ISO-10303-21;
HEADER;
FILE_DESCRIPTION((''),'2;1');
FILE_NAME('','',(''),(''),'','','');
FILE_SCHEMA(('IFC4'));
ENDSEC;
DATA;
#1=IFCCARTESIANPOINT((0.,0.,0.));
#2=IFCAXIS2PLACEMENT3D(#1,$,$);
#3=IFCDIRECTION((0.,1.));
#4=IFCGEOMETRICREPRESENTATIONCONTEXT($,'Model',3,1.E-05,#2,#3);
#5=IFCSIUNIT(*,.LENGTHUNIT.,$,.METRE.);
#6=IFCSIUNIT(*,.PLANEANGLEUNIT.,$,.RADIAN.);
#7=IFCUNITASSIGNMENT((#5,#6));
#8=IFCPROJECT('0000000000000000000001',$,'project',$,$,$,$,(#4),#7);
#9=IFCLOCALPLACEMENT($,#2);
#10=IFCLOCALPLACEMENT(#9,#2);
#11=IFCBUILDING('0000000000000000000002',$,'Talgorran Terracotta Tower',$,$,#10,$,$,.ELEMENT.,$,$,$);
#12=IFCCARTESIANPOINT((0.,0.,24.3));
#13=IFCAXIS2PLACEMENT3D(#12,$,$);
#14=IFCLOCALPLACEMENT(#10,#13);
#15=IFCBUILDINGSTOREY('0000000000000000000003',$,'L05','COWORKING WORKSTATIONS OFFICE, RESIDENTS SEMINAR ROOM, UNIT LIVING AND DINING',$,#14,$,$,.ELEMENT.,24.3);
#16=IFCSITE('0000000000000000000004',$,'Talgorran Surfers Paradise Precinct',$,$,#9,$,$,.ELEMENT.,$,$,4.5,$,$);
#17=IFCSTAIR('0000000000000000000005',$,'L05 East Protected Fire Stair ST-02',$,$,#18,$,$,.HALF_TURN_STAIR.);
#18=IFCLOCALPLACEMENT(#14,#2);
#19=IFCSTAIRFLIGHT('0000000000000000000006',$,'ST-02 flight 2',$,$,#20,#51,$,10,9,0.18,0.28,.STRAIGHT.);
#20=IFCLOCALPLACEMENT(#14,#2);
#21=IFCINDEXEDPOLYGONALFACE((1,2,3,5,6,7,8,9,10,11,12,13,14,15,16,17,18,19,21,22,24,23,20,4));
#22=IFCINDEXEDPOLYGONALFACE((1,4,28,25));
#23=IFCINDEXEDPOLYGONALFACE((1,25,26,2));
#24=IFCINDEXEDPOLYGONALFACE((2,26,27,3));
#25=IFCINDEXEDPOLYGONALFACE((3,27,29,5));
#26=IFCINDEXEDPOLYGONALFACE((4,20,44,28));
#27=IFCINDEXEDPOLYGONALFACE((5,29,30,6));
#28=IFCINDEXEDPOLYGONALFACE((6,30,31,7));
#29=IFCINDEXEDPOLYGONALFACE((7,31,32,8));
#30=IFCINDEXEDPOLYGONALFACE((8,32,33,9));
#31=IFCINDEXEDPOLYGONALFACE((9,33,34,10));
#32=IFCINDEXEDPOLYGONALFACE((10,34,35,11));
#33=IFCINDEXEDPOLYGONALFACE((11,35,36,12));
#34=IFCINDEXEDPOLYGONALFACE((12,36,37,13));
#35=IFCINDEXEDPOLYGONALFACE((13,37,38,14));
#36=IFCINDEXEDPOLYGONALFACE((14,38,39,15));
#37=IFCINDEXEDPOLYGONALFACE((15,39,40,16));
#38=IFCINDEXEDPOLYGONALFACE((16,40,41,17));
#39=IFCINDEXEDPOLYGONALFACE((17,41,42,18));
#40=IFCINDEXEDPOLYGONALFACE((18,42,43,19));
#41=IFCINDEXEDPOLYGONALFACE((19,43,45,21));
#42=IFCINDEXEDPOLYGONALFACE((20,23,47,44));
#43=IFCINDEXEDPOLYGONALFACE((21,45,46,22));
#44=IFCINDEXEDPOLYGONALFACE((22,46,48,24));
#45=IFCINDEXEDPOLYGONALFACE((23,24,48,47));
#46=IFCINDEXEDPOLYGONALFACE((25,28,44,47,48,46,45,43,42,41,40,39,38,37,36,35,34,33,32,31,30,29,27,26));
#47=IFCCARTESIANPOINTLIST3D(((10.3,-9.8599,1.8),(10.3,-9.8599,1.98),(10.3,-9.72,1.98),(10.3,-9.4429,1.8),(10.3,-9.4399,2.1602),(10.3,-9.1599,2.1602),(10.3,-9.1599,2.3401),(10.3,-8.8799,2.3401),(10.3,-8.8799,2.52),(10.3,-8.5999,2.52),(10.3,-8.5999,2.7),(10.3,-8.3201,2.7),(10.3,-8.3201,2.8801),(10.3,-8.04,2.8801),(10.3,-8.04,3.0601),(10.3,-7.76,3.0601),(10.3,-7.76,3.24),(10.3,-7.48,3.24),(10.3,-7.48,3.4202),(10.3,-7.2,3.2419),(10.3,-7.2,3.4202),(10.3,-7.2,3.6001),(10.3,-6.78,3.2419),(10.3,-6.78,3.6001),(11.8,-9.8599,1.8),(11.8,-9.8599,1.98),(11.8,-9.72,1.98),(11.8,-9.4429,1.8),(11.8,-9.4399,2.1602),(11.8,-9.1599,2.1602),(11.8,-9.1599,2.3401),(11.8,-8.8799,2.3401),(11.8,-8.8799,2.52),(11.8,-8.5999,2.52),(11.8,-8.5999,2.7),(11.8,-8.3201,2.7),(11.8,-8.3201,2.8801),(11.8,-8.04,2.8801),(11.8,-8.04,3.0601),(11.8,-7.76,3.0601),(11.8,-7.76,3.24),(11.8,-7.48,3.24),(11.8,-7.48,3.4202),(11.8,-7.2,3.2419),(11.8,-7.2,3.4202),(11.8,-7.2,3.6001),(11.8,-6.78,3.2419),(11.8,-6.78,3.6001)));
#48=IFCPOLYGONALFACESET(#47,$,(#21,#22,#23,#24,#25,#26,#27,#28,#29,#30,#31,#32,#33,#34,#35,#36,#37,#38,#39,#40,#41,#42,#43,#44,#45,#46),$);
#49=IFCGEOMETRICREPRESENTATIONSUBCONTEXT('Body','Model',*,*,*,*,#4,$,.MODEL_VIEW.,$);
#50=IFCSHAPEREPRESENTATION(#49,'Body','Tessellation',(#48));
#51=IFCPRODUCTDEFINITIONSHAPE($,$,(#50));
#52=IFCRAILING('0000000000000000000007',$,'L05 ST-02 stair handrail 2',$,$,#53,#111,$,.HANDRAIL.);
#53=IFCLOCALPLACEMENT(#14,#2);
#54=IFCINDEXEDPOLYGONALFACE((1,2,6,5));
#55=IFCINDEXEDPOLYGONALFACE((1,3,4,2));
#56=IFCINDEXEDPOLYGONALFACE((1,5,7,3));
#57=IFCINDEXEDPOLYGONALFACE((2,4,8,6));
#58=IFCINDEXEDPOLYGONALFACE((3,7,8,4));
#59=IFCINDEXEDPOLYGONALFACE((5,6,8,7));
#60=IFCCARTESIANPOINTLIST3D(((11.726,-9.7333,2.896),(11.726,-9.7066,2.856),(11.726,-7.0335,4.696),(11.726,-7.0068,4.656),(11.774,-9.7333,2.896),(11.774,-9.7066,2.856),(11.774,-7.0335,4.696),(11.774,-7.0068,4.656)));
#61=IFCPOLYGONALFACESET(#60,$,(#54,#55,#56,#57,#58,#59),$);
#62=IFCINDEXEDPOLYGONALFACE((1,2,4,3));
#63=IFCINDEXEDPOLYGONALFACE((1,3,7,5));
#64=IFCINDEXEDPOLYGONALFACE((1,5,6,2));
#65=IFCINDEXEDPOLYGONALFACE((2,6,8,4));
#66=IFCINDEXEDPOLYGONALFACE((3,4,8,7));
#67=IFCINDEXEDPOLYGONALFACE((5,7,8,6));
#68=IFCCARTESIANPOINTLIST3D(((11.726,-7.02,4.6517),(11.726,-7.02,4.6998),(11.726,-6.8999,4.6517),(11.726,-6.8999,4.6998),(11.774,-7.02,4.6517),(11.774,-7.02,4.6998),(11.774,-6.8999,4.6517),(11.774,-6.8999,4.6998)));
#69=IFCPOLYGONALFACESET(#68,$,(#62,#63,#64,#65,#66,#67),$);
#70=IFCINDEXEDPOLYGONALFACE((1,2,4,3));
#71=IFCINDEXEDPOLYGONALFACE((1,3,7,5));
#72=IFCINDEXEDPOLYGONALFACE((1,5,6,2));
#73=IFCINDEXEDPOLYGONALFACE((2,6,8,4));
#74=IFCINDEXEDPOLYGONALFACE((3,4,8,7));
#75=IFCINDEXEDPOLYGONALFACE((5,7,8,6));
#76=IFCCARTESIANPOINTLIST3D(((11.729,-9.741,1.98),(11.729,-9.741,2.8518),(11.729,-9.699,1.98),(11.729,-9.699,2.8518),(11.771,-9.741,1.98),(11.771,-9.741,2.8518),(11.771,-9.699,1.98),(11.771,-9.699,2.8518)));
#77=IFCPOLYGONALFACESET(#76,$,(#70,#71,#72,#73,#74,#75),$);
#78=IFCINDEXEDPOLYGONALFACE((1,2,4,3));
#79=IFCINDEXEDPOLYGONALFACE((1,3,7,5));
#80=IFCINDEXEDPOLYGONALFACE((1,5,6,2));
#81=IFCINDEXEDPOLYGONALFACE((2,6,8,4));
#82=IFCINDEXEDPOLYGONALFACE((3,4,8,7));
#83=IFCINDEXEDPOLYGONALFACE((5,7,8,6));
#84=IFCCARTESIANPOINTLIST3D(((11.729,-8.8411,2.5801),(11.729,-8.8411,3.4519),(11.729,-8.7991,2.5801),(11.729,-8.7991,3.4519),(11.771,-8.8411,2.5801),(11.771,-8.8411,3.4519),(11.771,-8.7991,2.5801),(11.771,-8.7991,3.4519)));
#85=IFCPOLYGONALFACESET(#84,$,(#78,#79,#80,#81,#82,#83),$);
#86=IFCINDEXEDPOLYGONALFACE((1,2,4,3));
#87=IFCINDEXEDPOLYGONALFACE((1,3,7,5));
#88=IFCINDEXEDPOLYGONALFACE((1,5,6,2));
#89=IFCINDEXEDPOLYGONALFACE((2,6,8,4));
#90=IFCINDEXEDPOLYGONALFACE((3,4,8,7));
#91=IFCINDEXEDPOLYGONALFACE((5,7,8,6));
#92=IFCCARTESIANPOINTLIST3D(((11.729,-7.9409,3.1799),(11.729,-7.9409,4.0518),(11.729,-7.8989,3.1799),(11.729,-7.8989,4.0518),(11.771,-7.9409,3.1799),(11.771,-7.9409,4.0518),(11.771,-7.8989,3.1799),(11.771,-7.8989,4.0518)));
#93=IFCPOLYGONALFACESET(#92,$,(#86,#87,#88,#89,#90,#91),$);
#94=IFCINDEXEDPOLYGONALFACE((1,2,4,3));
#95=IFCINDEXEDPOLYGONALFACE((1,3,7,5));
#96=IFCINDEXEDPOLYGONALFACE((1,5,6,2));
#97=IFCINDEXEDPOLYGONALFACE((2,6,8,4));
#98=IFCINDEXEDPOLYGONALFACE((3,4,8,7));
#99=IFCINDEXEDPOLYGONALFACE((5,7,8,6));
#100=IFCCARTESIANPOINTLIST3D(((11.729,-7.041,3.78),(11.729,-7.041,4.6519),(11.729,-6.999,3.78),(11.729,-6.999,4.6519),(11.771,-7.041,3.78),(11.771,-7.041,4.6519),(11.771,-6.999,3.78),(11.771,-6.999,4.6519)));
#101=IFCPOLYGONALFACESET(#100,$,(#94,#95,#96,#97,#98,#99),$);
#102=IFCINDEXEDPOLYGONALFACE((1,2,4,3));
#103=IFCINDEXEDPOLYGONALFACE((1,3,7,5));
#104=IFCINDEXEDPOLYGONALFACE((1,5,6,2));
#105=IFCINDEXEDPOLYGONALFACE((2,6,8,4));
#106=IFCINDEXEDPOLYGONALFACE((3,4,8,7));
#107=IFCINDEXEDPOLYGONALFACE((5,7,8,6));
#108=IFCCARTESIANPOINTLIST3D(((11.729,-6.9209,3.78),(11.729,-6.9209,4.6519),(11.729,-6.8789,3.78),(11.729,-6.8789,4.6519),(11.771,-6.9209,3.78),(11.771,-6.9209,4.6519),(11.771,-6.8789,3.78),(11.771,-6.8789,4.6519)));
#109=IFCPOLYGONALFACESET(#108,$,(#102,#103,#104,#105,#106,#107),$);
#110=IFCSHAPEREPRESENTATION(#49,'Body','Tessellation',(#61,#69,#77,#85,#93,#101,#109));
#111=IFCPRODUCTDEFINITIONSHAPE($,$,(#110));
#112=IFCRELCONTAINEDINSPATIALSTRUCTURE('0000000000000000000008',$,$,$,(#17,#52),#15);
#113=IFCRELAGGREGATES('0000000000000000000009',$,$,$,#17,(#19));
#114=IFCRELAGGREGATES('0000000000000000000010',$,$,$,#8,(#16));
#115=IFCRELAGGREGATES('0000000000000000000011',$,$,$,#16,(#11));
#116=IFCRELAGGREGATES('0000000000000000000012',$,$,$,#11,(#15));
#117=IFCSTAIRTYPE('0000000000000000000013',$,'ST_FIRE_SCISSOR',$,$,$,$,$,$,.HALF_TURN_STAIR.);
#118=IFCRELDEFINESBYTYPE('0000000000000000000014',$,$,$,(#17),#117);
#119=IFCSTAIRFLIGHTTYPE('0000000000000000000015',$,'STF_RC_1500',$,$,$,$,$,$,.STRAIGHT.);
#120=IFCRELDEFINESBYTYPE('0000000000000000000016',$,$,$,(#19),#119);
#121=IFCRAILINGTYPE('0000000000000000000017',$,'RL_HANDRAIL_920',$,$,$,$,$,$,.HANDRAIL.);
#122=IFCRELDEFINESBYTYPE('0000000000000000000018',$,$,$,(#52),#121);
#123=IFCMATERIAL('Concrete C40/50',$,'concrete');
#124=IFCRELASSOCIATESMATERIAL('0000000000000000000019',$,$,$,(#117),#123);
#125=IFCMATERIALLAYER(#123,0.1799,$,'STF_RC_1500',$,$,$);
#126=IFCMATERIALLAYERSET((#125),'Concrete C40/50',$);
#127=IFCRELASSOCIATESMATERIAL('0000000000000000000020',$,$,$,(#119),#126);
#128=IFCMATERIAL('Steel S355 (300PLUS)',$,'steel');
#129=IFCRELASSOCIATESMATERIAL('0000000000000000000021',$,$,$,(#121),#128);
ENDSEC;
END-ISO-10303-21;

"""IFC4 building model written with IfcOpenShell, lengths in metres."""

from ifc_helpers import new_model, si_unit, direction, frame, origin, origin_2d, place, context, subcontext, project, spatial, polyline, rectangle, outline, extrude, material, layer, layer_set, type_object, element, aggregate, save


model = new_model("IFC4")

# Units and contexts
model_context = context("Model", 3, precision=1e-05, world=origin(), true_north=direction((0.0, 1.0)))
body_context = subcontext(model_context, "Body", "Model", "MODEL_VIEW")
ifc_project = project(units=[si_unit("LENGTHUNIT", "METRE"), si_unit("PLANEANGLEUNIT", "RADIAN")], contexts=[model_context])

# Site, building, storey
site_placement = place(None, origin())
site = spatial("IfcSite", under=ifc_project, at=site_placement, Name="Talgorran Surfers Paradise Precinct", CompositionType="ELEMENT", RefElevation=4.5)
building_placement = place(site_placement, origin())
building = spatial("IfcBuilding", under=site, at=building_placement, Name="Talgorran Terracotta Tower", CompositionType="ELEMENT")
storey_placement = place(building_placement, frame((0.0, 0.0, 24.3)))
storey = spatial("IfcBuildingStorey", under=building, at=storey_placement, Name="L05", Description="COWORKING WORKSTATIONS OFFICE, RESIDENTS SEMINAR ROOM, UNIT LIVING AND DINING", CompositionType="ELEMENT", Elevation=24.3)

# Shared definitions
ifc_material_1 = material(Name="Steel S355 (300PLUS)", Category="steel")

# Shared definitions
ifc_material_2 = material(Name="Concrete C40/50", Category="concrete")

# Stair, stair flight
stair_type = type_object("IfcStairType", Name="ST_FIRE_SCISSOR", PredefinedType="HALF_TURN_STAIR", material=ifc_material_2)
stair_placement = place(storey_placement, origin())
stair = element("IfcStair", 1, at=stair_placement, inside=storey, type_object=stair_type, Name="L05 East Protected Fire Stair ST-02", PredefinedType="HALF_TURN_STAIR")
ifc_layer_1 = layer(ifc_material_2, 0.1799, Name="STF_RC_1500")
ifc_layer_set_1 = layer_set([ifc_layer_1], Name="Concrete C40/50")
stair_flight_type = type_object("IfcStairFlightType", Name="STF_RC_1500", PredefinedType="STRAIGHT", material=ifc_layer_set_1)
stair_flight_placement = place(storey_placement, frame((11.05, -9.72, 1.8), z_axis=(0.0, 0.0, 1.0), x_axis=(0.0, 1.0, 0.0)))
stair_flight = element("IfcStairFlight", 2, at=stair_flight_placement, type_object=stair_flight_type, Name="ST-02 flight 2", NumberOfRisers=10, NumberOfTreads=9, PredefinedType="STRAIGHT", RiserHeight=0.18, TreadLength=0.28, context=body_context, shape_type="SweptSolid", body=[
    extrude(outline(polyline([(-0.1399, 0.0), (-0.1399, 0.1799), (0.0, 0.1799), (0.28, 0.3601), (0.5601, 0.3601), (0.5601, 0.54), (0.8401, 0.54), (0.8401, 0.72), (1.1201, 0.72), (1.1201, 0.8999), (1.3999, 0.8999), (1.3999, 1.0801), (1.6799, 1.0801), (1.6799, 1.26), (1.96, 1.26), (1.96, 1.4399), (2.24, 1.4399), (2.24, 1.6201), (2.52, 1.6201), (2.52, 1.8), (2.9399, 1.8), (2.9399, 1.4419), (2.52, 1.4419), (0.2771, 0.0), (-0.1399, 0.0)])), frame((0.0, 0.75, 0.0), z_axis=(0.0, -1.0, 0.0), x_axis=(1.0, 0.0, 0.0)), (0.0, 0.0, 1.0), 1.5),
])
aggregate(stair, [stair_flight])

# Railing
railing_type = type_object("IfcRailingType", Name="RL_HANDRAIL_920", PredefinedType="HANDRAIL", material=ifc_material_1)
railing_placement = place(storey_placement, frame((11.75, -9.72, 1.98)))
element("IfcRailing", 3, at=railing_placement, inside=storey, type_object=railing_type, Name="L05 ST-02 stair handrail 2", PredefinedType="HANDRAIL", context=body_context, shape_type="SweptSolid", body=[
    extrude(rectangle(XDim=0.0481, YDim=0.0481, at=origin_2d()), frame((0.0, 0.0, 0.896), z_axis=(0.0, 0.832039, 0.554718), x_axis=(-1.0, 0.0, 0.0)), (0.0, 0.0, 1.0), 3.2449),
    extrude(rectangle(XDim=0.0481, YDim=0.0481, at=origin_2d()), frame((0.0, 2.7, 2.6958), z_axis=(0.0, 1.0, 0.0), x_axis=(-1.0, 0.0, 0.0)), (0.0, 0.0, 1.0), 0.1201),
    extrude(rectangle(XDim=0.042, YDim=0.042, at=origin_2d()), origin(), (0.0, 0.0, 1.0), 0.8718),
    extrude(rectangle(XDim=0.042, YDim=0.042, at=origin_2d()), frame((0.0, 0.8999, 0.6001)), (0.0, 0.0, 1.0), 0.8718),
    extrude(rectangle(XDim=0.042, YDim=0.042, at=origin_2d()), frame((0.0, 1.8, 1.2)), (0.0, 0.0, 1.0), 0.8718),
    extrude(rectangle(XDim=0.042, YDim=0.042, at=origin_2d()), frame((0.0, 2.7, 1.8)), (0.0, 0.0, 1.0), 0.8718),
    extrude(rectangle(XDim=0.042, YDim=0.042, at=origin_2d()), frame((0.0, 2.8201, 1.8)), (0.0, 0.0, 1.0), 0.8718),
])

save(model, "model.ifc")
